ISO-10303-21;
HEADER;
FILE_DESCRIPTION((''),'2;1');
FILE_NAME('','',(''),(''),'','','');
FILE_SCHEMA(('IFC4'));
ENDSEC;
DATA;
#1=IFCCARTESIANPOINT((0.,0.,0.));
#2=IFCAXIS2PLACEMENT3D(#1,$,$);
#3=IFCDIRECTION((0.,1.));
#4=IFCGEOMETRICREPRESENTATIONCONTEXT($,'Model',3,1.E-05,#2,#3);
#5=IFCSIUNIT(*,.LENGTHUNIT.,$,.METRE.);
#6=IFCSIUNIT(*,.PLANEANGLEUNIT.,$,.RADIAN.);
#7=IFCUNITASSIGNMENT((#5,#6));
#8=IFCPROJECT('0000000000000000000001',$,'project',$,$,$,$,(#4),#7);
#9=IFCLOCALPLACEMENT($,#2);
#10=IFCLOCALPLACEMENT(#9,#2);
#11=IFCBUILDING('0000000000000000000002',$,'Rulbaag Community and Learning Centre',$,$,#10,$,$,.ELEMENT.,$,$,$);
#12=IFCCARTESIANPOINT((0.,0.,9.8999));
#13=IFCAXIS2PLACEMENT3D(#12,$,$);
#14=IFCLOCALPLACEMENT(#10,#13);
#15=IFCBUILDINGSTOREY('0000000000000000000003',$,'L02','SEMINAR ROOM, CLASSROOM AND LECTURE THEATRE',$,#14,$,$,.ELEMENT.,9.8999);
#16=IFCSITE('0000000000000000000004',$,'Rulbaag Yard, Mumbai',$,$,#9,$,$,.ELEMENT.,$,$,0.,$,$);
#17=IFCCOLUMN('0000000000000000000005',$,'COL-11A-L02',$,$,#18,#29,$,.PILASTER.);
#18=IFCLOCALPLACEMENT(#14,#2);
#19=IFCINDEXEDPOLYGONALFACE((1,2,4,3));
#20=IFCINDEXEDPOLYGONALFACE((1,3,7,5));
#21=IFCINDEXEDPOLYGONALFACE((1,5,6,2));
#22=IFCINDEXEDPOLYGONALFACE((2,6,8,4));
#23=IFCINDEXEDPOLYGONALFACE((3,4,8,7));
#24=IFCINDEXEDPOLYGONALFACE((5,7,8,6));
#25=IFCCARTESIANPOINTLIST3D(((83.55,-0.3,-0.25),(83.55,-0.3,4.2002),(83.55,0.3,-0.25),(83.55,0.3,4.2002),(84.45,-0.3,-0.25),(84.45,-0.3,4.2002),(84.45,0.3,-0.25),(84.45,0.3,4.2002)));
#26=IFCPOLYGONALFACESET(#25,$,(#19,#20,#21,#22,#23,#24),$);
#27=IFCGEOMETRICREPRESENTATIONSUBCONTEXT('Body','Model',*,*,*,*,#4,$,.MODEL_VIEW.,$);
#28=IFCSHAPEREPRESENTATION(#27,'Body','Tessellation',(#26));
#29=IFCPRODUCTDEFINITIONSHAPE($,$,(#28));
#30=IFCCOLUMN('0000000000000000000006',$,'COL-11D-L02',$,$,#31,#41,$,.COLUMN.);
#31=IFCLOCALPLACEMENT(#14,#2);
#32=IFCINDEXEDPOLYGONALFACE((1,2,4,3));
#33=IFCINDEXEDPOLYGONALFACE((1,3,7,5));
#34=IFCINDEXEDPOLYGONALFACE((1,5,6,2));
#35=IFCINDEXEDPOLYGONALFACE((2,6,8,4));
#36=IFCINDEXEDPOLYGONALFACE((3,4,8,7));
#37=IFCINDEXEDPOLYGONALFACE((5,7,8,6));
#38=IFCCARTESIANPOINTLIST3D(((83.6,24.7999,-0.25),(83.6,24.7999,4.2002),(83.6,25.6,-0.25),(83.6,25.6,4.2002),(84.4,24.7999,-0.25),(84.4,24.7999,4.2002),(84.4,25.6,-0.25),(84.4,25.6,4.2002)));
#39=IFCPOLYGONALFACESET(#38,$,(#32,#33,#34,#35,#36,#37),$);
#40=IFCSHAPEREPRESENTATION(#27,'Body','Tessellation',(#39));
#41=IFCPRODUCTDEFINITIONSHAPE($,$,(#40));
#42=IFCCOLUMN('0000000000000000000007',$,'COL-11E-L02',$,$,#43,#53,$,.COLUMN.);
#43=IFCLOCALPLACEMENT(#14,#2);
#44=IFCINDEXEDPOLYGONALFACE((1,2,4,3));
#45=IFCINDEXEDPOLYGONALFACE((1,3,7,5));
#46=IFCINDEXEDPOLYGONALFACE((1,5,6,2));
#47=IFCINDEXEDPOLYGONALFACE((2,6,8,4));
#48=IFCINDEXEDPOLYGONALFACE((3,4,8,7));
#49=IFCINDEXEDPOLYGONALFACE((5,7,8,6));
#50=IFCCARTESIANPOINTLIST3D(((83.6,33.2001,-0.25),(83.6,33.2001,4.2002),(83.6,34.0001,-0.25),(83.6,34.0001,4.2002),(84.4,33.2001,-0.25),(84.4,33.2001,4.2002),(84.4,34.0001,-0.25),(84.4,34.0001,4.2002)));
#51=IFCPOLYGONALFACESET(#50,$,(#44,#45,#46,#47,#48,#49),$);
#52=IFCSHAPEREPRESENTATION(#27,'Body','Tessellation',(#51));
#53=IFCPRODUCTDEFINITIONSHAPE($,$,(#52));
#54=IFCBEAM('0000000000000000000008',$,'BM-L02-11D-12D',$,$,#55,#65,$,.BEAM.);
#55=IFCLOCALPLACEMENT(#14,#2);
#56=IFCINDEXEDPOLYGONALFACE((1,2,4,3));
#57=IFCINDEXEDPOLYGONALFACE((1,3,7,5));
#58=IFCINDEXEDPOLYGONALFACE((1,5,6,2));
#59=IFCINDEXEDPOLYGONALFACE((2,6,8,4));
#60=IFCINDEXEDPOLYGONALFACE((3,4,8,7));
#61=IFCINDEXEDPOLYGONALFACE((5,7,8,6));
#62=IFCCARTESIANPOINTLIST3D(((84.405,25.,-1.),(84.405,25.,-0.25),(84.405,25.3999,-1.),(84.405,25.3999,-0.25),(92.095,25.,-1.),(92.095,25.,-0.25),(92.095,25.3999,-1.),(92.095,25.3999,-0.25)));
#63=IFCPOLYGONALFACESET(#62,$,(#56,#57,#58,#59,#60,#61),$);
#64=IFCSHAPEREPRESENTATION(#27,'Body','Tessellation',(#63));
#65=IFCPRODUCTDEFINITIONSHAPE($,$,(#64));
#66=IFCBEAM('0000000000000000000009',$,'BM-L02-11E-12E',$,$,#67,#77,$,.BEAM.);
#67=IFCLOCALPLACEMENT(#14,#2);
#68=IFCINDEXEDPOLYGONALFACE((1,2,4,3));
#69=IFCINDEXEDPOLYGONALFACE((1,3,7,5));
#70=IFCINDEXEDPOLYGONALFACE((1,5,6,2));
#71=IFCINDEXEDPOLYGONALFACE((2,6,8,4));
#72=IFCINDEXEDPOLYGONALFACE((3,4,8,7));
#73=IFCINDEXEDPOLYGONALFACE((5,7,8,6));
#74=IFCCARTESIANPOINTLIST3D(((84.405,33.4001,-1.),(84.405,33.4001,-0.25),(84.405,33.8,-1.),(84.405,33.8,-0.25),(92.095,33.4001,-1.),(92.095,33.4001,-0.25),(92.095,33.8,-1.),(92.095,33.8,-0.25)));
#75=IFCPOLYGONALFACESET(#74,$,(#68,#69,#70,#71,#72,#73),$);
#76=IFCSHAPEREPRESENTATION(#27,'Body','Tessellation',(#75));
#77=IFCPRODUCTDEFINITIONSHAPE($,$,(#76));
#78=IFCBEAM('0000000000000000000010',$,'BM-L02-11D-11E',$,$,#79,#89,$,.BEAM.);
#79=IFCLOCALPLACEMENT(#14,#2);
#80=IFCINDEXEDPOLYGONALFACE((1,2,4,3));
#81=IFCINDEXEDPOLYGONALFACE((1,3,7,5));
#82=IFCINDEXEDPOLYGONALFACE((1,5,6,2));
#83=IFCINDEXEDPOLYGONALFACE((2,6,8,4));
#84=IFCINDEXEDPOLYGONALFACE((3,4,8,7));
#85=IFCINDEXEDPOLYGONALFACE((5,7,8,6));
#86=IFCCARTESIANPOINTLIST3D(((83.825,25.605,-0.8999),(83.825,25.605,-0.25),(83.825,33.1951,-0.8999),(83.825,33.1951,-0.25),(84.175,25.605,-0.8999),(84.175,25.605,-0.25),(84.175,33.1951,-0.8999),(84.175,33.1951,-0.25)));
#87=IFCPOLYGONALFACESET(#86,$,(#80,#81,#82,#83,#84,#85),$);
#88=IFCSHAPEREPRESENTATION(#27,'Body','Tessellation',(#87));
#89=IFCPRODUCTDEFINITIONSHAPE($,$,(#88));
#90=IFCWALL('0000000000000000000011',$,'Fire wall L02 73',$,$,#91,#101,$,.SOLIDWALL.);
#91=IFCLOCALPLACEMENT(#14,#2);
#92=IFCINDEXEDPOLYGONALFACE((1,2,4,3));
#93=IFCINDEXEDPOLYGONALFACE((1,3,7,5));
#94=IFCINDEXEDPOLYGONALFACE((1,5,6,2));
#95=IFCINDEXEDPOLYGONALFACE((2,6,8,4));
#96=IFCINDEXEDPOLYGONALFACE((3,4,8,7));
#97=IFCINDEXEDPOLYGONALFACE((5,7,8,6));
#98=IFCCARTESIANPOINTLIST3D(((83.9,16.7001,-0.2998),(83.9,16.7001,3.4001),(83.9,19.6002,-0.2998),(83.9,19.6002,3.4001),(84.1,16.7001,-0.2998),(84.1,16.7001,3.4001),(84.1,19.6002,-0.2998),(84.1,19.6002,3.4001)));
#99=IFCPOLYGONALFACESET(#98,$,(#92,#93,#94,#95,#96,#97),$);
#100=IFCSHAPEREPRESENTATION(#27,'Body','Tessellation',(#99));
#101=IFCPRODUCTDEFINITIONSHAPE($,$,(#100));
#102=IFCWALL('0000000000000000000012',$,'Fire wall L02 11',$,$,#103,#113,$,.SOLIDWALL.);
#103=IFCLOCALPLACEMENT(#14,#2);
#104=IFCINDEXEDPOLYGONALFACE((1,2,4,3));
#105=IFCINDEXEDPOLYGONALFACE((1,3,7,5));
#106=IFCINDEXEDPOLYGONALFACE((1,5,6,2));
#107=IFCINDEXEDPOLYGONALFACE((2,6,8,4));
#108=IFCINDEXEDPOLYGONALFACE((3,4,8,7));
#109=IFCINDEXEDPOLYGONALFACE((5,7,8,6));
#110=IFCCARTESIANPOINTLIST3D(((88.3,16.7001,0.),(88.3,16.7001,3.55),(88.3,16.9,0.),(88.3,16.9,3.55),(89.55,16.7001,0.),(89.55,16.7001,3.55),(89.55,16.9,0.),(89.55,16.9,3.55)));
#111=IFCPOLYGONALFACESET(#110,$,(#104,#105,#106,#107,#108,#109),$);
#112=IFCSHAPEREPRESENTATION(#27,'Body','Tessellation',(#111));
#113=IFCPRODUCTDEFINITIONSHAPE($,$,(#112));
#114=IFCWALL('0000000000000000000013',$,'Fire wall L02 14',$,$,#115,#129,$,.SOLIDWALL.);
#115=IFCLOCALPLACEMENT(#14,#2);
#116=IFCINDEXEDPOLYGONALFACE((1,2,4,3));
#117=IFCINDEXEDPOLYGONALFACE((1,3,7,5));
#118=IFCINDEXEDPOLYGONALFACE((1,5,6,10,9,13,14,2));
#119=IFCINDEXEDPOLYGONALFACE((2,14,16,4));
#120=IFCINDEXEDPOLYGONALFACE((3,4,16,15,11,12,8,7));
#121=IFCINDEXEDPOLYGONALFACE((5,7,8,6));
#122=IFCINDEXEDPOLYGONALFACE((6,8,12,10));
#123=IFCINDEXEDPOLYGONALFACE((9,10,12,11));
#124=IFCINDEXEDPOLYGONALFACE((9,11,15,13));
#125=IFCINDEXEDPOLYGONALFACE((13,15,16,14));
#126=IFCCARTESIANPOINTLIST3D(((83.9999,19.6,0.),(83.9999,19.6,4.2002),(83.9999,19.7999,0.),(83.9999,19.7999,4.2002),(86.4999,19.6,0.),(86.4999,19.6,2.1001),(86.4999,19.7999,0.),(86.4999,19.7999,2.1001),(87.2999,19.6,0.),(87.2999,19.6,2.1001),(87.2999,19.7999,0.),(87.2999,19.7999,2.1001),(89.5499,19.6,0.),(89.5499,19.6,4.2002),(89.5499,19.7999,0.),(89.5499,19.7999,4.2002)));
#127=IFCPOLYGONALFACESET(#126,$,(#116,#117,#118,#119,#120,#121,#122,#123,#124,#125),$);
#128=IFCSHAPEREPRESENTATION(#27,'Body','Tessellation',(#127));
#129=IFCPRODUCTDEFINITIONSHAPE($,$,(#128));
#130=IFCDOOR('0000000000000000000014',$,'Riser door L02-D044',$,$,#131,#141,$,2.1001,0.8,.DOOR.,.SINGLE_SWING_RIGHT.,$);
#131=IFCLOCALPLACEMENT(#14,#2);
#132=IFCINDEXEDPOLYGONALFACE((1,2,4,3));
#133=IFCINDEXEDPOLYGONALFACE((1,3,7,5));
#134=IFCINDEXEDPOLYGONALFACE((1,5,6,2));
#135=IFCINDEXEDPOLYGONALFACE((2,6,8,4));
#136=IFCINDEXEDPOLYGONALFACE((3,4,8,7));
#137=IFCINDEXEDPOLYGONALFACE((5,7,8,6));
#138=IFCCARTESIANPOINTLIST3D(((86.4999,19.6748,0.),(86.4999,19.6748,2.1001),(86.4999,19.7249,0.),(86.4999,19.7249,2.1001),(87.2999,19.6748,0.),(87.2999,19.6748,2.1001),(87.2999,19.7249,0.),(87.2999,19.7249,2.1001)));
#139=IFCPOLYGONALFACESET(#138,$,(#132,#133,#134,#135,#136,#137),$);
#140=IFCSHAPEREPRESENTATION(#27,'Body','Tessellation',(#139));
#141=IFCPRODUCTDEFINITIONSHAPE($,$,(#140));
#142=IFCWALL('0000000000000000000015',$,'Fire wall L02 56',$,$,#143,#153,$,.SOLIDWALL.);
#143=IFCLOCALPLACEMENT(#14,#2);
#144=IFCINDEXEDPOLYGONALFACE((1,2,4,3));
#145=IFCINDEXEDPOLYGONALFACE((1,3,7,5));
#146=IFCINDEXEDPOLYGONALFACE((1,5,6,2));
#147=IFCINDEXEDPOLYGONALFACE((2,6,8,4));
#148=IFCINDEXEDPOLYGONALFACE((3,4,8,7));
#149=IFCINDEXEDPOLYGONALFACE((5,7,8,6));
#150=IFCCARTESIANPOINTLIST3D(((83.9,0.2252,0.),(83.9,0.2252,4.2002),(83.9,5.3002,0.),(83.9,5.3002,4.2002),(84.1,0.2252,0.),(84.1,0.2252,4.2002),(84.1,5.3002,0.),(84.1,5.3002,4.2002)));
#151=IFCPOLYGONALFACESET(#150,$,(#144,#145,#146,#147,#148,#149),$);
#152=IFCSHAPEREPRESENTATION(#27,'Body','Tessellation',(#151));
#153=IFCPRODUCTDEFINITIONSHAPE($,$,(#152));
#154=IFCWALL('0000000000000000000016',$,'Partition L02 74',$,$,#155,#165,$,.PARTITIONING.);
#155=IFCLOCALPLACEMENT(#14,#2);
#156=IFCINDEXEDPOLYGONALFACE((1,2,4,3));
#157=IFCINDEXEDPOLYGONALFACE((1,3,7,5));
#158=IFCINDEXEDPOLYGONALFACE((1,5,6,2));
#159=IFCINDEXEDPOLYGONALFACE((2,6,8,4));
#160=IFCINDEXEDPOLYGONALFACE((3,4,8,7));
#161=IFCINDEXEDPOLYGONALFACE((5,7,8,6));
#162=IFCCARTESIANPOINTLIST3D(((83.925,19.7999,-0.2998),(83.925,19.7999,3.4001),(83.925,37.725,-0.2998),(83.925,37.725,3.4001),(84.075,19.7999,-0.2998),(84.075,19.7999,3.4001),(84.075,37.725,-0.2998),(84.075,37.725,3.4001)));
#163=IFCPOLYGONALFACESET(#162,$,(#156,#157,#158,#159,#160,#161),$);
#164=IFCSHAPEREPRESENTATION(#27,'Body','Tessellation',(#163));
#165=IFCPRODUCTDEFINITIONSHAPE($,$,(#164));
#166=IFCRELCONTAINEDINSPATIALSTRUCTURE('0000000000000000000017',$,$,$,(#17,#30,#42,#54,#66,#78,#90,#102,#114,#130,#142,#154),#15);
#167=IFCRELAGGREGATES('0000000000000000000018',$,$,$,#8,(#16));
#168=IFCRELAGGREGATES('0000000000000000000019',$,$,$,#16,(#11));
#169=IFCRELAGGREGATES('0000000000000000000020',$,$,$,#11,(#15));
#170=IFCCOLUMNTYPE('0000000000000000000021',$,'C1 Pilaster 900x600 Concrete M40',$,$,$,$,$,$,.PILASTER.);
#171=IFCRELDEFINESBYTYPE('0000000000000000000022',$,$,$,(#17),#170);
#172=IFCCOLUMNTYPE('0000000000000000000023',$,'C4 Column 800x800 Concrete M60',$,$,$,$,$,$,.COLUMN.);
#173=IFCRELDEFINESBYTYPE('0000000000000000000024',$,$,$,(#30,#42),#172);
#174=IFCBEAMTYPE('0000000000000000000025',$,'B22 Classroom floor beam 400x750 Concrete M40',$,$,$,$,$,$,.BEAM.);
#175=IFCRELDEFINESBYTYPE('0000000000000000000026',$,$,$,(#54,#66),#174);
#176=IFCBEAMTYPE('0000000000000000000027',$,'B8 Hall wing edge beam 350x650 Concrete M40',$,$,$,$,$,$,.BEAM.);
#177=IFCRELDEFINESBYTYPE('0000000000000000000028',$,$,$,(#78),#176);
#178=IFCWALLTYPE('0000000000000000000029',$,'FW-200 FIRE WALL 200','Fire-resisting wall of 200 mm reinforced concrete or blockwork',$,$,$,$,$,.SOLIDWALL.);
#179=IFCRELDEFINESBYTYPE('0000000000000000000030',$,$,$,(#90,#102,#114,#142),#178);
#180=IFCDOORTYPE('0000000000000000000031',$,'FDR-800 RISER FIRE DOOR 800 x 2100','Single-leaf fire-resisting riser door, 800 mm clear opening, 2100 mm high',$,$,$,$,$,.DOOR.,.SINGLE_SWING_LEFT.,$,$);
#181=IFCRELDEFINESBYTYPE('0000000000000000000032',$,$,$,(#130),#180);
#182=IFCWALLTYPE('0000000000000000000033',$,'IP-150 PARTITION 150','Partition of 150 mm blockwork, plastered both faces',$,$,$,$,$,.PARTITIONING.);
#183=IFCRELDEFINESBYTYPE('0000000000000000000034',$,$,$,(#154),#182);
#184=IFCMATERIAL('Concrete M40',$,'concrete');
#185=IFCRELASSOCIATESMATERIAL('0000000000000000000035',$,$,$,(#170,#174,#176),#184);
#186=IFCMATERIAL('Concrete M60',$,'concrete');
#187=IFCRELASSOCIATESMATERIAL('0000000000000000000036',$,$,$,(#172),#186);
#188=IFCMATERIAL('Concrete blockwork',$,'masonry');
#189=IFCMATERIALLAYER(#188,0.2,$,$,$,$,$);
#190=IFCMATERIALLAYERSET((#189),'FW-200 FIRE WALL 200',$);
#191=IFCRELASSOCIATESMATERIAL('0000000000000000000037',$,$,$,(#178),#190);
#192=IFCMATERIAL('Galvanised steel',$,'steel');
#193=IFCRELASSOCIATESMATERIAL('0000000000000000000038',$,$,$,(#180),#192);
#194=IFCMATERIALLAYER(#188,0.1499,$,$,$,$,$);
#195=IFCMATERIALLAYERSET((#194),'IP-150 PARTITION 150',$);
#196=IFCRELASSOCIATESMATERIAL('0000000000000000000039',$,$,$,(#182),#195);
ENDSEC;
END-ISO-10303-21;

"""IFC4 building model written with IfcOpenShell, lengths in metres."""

from ifc_helpers import new_model, si_unit, direction, frame, frame_2d, origin, origin_2d, place, context, subcontext, project, spatial, rectangle, extrude, material, layer, layer_set, material_profile, profile_set, type_object, element, fill, save


model = new_model("IFC4")

# Units and contexts
model_context = context("Model", 3, precision=1e-05, world=origin(), true_north=direction((0.0, 1.0)))
body_context = subcontext(model_context, "Body", "Model", "MODEL_VIEW")
ifc_project = project(units=[si_unit("LENGTHUNIT", "METRE"), si_unit("PLANEANGLEUNIT", "RADIAN")], contexts=[model_context])

# Site, building, storey
site_placement = place(None, origin())
site = spatial("IfcSite", under=ifc_project, at=site_placement, Name="Rulbaag Yard, Mumbai", CompositionType="ELEMENT", RefElevation=0.0)
building_placement = place(site_placement, origin())
building = spatial("IfcBuilding", under=site, at=building_placement, Name="Rulbaag Community and Learning Centre", CompositionType="ELEMENT")
storey_placement = place(building_placement, frame((0.0, 0.0, 9.8999)))
storey = spatial("IfcBuildingStorey", under=building, at=storey_placement, Name="L02", Description="SEMINAR ROOM, CLASSROOM AND LECTURE THEATRE", CompositionType="ELEMENT", Elevation=9.8999)

# Columns
ifc_material_1 = material(Name="Concrete M40", Category="concrete")
ifc_material_profile_1 = material_profile(ifc_material_1, rectangle(XDim=0.8999, YDim=0.6001, at=origin_2d()), Name="RC900x600")
ifc_profile_set_1 = profile_set([ifc_material_profile_1], Name="Concrete M40")
column_type_1 = type_object("IfcColumnType", Name="C1 Pilaster 900x600 Concrete M40", PredefinedType="PILASTER", material=ifc_profile_set_1)
column_placement = place(storey_placement, frame((84.0, 0.0, -0.25), z_axis=(0.0, 0.0, 1.0), x_axis=(1.0, 0.0, 0.0)))
element("IfcColumn", 1, at=column_placement, inside=storey, type_object=column_type_1, Name="COL-11A-L02", PredefinedType="PILASTER", context=body_context, shape_type="SweptSolid", body=[
    extrude(rectangle(XDim=0.8999, YDim=0.6001, at=origin_2d()), origin(), (0.0, 0.0, 1.0), 4.4502),
])
ifc_material_2 = material(Name="Concrete M60", Category="concrete")
ifc_material_profile_2 = material_profile(ifc_material_2, rectangle(XDim=0.8, YDim=0.8, at=origin_2d()), Name="RC800x800")
ifc_profile_set_2 = profile_set([ifc_material_profile_2], Name="Concrete M60")
column_type_2 = type_object("IfcColumnType", Name="C4 Column 800x800 Concrete M60", PredefinedType="COLUMN", material=ifc_profile_set_2)
for number, where, z_axis, x_axis, name in (
    (2, (84.0, 25.2, -0.25), (0.0, 0.0, 1.0), (1.0, 0.0, 0.0), "COL-11D-L02"),
    (3, (84.0, 33.6001, -0.25), (0.0, 0.0, 1.0), (1.0, 0.0, 0.0), "COL-11E-L02"),
):
    element("IfcColumn", number, at=place(storey_placement, frame(where, z_axis=z_axis, x_axis=x_axis)), inside=storey, type_object=column_type_2, Name=name, PredefinedType="COLUMN", context=body_context, shape_type="SweptSolid", body=[
        extrude(rectangle(XDim=0.8, YDim=0.8, at=origin_2d()), origin(), (0.0, 0.0, 1.0), 4.4502),
    ])

# Beams
ifc_material_profile_3 = material_profile(ifc_material_1, rectangle(XDim=0.3999, YDim=0.75, at=origin_2d()), Name="RB400x750")
ifc_profile_set_3 = profile_set([ifc_material_profile_3], Name="Concrete M40")
beam_type_1 = type_object("IfcBeamType", Name="B22 Classroom floor beam 400x750 Concrete M40", PredefinedType="BEAM", material=ifc_profile_set_3)
for number, where, z_axis, x_axis, name in (
    (4, (84.405, 25.2, -0.625), (1.0, 0.0, 0.0), (0.0, 1.0, 0.0), "BM-L02-11D-12D"),
    (5, (84.405, 33.6001, -0.625), (1.0, 0.0, 0.0), (0.0, 1.0, 0.0), "BM-L02-11E-12E"),
):
    element("IfcBeam", number, at=place(storey_placement, frame(where, z_axis=z_axis, x_axis=x_axis)), inside=storey, type_object=beam_type_1, Name=name, PredefinedType="BEAM", context=body_context, shape_type="SweptSolid", body=[
        extrude(rectangle(XDim=0.3999, YDim=0.75, at=origin_2d()), origin(), (0.0, 0.0, 1.0), 7.6899),
    ])
ifc_material_profile_4 = material_profile(ifc_material_1, rectangle(XDim=0.3501, YDim=0.6499, at=origin_2d()), Name="RB350x650")
ifc_profile_set_4 = profile_set([ifc_material_profile_4], Name="Concrete M40")
beam_type_2 = type_object("IfcBeamType", Name="B8 Hall wing edge beam 350x650 Concrete M40", PredefinedType="BEAM", material=ifc_profile_set_4)
beam_placement = place(storey_placement, frame((84.0, 25.605, -0.575), z_axis=(0.0, 1.0, 0.0), x_axis=(-1.0, 0.0, 0.0)))
element("IfcBeam", 6, at=beam_placement, inside=storey, type_object=beam_type_2, Name="BM-L02-11D-11E", PredefinedType="BEAM", context=body_context, shape_type="SweptSolid", body=[
    extrude(rectangle(XDim=0.3501, YDim=0.6499, at=origin_2d()), origin(), (0.0, 0.0, 1.0), 7.5901),
])

# Walls
ifc_material_3 = material(Name="Concrete blockwork", Category="masonry")
ifc_layer_1 = layer(ifc_material_3, 0.2)
ifc_layer_set_1 = layer_set([ifc_layer_1], Name="FW-200 FIRE WALL 200")
wall_type_1 = type_object("IfcWallType", Name="FW-200 FIRE WALL 200", Description="Fire-resisting wall of 200 mm reinforced concrete or blockwork", PredefinedType="SOLIDWALL", material=ifc_layer_set_1)
wall_1_placement = place(storey_placement, frame((84.0, 16.7, -0.2998), z_axis=(0.0, 0.0, 1.0), x_axis=(0.0, 1.0, 0.0)))
element("IfcWall", 7, at=wall_1_placement, inside=storey, type_object=wall_type_1, Name="Fire wall L02 73", PredefinedType="SOLIDWALL", context=body_context, shape_type="SweptSolid", body=[
    extrude(rectangle(XDim=2.9001, YDim=0.2, at=frame_2d((1.4502, 0.0))), origin(), (0.0, 0.0, 1.0), 3.7),
])
wall_2_placement = place(storey_placement, frame((88.3, 16.8, 0.0), z_axis=(0.0, 0.0, 1.0), x_axis=(1.0, 0.0, 0.0)))
element("IfcWall", 8, at=wall_2_placement, inside=storey, type_object=wall_type_1, Name="Fire wall L02 11", PredefinedType="SOLIDWALL", context=body_context, shape_type="SweptSolid", body=[
    extrude(rectangle(XDim=1.25, YDim=0.2, at=frame_2d((0.625, 0.0))), origin(), (0.0, 0.0, 1.0), 3.55),
])

# Wall, opening, door
wall_3_placement = place(storey_placement, frame((84.0, 19.7, 0.0), z_axis=(0.0, 0.0, 1.0), x_axis=(1.0, 0.0, 0.0)))
wall_3 = element("IfcWall", 9, at=wall_3_placement, inside=storey, type_object=wall_type_1, Name="Fire wall L02 14", PredefinedType="SOLIDWALL", context=body_context, shape_type="SweptSolid", body=[
    extrude(rectangle(XDim=5.55, YDim=0.2, at=frame_2d((2.7749, 0.0))), origin(), (0.0, 0.0, 1.0), 4.2002),
])
opening_1_placement = place(wall_3_placement, frame((2.5, 0.0, 0.0)))
opening_1 = element("IfcOpeningElement", 10, at=opening_1_placement, cuts=wall_3, PredefinedType="OPENING", context=body_context, shape_type="SweptSolid", body=[
    extrude(rectangle(XDim=0.8, YDim=2.1001, at=frame_2d((0.3999, 1.05))), frame((0.0, 0.1099, 0.0), z_axis=(0.0, -1.0, 0.0), x_axis=(1.0, 0.0, 0.0)), (0.0, 0.0, 1.0), 0.22),
])
ifc_material_4 = material(Name="Galvanised steel", Category="steel")
door_type_1 = type_object("IfcDoorType", Name="FDR-800 RISER FIRE DOOR 800 x 2100", Description="Single-leaf fire-resisting riser door, 800 mm clear opening, 2100 mm high", OperationType="SINGLE_SWING_LEFT", PredefinedType="DOOR", material=ifc_material_4)
door_1_placement = place(opening_1_placement, origin())
door_1 = element("IfcDoor", 11, at=door_1_placement, inside=storey, type_object=door_type_1, Name="Riser door L02-D044", OperationType="SINGLE_SWING_RIGHT", OverallHeight=2.1001, OverallWidth=0.8, PredefinedType="DOOR", context=body_context, shape_type="SweptSolid", body=[
    extrude(rectangle(XDim=0.8, YDim=2.1001, at=frame_2d((0.3999, 1.05))), frame((0.0, 0.0249, 0.0), z_axis=(0.0, -1.0, 0.0), x_axis=(1.0, 0.0, 0.0)), (0.0, 0.0, 1.0), 0.05),
])
fill(opening_1, door_1)

# Walls
wall_4_placement = place(storey_placement, frame((84.0, 0.2251, 0.0), z_axis=(0.0, 0.0, 1.0), x_axis=(0.0, 1.0, 0.0)))
element("IfcWall", 12, at=wall_4_placement, inside=storey, type_object=wall_type_1, Name="Fire wall L02 56", PredefinedType="SOLIDWALL", context=body_context, shape_type="SweptSolid", body=[
    extrude(rectangle(XDim=5.075, YDim=0.2, at=frame_2d((2.5376, 0.0))), origin(), (0.0, 0.0, 1.0), 4.2002),
])
ifc_layer_2 = layer(ifc_material_3, 0.1499)
ifc_layer_set_2 = layer_set([ifc_layer_2], Name="IP-150 PARTITION 150")
wall_type_2 = type_object("IfcWallType", Name="IP-150 PARTITION 150", Description="Partition of 150 mm blockwork, plastered both faces", PredefinedType="PARTITIONING", material=ifc_layer_set_2)
wall_5_placement = place(storey_placement, frame((84.0, 19.8, -0.2998), z_axis=(0.0, 0.0, 1.0), x_axis=(0.0, 1.0, 0.0)))
element("IfcWall", 13, at=wall_5_placement, inside=storey, type_object=wall_type_2, Name="Partition L02 74", PredefinedType="PARTITIONING", context=body_context, shape_type="SweptSolid", body=[
    extrude(rectangle(XDim=17.925, YDim=0.1499, at=frame_2d((8.9624, 0.0))), origin(), (0.0, 0.0, 1.0), 3.7),
])

save(model, "model.ifc")
